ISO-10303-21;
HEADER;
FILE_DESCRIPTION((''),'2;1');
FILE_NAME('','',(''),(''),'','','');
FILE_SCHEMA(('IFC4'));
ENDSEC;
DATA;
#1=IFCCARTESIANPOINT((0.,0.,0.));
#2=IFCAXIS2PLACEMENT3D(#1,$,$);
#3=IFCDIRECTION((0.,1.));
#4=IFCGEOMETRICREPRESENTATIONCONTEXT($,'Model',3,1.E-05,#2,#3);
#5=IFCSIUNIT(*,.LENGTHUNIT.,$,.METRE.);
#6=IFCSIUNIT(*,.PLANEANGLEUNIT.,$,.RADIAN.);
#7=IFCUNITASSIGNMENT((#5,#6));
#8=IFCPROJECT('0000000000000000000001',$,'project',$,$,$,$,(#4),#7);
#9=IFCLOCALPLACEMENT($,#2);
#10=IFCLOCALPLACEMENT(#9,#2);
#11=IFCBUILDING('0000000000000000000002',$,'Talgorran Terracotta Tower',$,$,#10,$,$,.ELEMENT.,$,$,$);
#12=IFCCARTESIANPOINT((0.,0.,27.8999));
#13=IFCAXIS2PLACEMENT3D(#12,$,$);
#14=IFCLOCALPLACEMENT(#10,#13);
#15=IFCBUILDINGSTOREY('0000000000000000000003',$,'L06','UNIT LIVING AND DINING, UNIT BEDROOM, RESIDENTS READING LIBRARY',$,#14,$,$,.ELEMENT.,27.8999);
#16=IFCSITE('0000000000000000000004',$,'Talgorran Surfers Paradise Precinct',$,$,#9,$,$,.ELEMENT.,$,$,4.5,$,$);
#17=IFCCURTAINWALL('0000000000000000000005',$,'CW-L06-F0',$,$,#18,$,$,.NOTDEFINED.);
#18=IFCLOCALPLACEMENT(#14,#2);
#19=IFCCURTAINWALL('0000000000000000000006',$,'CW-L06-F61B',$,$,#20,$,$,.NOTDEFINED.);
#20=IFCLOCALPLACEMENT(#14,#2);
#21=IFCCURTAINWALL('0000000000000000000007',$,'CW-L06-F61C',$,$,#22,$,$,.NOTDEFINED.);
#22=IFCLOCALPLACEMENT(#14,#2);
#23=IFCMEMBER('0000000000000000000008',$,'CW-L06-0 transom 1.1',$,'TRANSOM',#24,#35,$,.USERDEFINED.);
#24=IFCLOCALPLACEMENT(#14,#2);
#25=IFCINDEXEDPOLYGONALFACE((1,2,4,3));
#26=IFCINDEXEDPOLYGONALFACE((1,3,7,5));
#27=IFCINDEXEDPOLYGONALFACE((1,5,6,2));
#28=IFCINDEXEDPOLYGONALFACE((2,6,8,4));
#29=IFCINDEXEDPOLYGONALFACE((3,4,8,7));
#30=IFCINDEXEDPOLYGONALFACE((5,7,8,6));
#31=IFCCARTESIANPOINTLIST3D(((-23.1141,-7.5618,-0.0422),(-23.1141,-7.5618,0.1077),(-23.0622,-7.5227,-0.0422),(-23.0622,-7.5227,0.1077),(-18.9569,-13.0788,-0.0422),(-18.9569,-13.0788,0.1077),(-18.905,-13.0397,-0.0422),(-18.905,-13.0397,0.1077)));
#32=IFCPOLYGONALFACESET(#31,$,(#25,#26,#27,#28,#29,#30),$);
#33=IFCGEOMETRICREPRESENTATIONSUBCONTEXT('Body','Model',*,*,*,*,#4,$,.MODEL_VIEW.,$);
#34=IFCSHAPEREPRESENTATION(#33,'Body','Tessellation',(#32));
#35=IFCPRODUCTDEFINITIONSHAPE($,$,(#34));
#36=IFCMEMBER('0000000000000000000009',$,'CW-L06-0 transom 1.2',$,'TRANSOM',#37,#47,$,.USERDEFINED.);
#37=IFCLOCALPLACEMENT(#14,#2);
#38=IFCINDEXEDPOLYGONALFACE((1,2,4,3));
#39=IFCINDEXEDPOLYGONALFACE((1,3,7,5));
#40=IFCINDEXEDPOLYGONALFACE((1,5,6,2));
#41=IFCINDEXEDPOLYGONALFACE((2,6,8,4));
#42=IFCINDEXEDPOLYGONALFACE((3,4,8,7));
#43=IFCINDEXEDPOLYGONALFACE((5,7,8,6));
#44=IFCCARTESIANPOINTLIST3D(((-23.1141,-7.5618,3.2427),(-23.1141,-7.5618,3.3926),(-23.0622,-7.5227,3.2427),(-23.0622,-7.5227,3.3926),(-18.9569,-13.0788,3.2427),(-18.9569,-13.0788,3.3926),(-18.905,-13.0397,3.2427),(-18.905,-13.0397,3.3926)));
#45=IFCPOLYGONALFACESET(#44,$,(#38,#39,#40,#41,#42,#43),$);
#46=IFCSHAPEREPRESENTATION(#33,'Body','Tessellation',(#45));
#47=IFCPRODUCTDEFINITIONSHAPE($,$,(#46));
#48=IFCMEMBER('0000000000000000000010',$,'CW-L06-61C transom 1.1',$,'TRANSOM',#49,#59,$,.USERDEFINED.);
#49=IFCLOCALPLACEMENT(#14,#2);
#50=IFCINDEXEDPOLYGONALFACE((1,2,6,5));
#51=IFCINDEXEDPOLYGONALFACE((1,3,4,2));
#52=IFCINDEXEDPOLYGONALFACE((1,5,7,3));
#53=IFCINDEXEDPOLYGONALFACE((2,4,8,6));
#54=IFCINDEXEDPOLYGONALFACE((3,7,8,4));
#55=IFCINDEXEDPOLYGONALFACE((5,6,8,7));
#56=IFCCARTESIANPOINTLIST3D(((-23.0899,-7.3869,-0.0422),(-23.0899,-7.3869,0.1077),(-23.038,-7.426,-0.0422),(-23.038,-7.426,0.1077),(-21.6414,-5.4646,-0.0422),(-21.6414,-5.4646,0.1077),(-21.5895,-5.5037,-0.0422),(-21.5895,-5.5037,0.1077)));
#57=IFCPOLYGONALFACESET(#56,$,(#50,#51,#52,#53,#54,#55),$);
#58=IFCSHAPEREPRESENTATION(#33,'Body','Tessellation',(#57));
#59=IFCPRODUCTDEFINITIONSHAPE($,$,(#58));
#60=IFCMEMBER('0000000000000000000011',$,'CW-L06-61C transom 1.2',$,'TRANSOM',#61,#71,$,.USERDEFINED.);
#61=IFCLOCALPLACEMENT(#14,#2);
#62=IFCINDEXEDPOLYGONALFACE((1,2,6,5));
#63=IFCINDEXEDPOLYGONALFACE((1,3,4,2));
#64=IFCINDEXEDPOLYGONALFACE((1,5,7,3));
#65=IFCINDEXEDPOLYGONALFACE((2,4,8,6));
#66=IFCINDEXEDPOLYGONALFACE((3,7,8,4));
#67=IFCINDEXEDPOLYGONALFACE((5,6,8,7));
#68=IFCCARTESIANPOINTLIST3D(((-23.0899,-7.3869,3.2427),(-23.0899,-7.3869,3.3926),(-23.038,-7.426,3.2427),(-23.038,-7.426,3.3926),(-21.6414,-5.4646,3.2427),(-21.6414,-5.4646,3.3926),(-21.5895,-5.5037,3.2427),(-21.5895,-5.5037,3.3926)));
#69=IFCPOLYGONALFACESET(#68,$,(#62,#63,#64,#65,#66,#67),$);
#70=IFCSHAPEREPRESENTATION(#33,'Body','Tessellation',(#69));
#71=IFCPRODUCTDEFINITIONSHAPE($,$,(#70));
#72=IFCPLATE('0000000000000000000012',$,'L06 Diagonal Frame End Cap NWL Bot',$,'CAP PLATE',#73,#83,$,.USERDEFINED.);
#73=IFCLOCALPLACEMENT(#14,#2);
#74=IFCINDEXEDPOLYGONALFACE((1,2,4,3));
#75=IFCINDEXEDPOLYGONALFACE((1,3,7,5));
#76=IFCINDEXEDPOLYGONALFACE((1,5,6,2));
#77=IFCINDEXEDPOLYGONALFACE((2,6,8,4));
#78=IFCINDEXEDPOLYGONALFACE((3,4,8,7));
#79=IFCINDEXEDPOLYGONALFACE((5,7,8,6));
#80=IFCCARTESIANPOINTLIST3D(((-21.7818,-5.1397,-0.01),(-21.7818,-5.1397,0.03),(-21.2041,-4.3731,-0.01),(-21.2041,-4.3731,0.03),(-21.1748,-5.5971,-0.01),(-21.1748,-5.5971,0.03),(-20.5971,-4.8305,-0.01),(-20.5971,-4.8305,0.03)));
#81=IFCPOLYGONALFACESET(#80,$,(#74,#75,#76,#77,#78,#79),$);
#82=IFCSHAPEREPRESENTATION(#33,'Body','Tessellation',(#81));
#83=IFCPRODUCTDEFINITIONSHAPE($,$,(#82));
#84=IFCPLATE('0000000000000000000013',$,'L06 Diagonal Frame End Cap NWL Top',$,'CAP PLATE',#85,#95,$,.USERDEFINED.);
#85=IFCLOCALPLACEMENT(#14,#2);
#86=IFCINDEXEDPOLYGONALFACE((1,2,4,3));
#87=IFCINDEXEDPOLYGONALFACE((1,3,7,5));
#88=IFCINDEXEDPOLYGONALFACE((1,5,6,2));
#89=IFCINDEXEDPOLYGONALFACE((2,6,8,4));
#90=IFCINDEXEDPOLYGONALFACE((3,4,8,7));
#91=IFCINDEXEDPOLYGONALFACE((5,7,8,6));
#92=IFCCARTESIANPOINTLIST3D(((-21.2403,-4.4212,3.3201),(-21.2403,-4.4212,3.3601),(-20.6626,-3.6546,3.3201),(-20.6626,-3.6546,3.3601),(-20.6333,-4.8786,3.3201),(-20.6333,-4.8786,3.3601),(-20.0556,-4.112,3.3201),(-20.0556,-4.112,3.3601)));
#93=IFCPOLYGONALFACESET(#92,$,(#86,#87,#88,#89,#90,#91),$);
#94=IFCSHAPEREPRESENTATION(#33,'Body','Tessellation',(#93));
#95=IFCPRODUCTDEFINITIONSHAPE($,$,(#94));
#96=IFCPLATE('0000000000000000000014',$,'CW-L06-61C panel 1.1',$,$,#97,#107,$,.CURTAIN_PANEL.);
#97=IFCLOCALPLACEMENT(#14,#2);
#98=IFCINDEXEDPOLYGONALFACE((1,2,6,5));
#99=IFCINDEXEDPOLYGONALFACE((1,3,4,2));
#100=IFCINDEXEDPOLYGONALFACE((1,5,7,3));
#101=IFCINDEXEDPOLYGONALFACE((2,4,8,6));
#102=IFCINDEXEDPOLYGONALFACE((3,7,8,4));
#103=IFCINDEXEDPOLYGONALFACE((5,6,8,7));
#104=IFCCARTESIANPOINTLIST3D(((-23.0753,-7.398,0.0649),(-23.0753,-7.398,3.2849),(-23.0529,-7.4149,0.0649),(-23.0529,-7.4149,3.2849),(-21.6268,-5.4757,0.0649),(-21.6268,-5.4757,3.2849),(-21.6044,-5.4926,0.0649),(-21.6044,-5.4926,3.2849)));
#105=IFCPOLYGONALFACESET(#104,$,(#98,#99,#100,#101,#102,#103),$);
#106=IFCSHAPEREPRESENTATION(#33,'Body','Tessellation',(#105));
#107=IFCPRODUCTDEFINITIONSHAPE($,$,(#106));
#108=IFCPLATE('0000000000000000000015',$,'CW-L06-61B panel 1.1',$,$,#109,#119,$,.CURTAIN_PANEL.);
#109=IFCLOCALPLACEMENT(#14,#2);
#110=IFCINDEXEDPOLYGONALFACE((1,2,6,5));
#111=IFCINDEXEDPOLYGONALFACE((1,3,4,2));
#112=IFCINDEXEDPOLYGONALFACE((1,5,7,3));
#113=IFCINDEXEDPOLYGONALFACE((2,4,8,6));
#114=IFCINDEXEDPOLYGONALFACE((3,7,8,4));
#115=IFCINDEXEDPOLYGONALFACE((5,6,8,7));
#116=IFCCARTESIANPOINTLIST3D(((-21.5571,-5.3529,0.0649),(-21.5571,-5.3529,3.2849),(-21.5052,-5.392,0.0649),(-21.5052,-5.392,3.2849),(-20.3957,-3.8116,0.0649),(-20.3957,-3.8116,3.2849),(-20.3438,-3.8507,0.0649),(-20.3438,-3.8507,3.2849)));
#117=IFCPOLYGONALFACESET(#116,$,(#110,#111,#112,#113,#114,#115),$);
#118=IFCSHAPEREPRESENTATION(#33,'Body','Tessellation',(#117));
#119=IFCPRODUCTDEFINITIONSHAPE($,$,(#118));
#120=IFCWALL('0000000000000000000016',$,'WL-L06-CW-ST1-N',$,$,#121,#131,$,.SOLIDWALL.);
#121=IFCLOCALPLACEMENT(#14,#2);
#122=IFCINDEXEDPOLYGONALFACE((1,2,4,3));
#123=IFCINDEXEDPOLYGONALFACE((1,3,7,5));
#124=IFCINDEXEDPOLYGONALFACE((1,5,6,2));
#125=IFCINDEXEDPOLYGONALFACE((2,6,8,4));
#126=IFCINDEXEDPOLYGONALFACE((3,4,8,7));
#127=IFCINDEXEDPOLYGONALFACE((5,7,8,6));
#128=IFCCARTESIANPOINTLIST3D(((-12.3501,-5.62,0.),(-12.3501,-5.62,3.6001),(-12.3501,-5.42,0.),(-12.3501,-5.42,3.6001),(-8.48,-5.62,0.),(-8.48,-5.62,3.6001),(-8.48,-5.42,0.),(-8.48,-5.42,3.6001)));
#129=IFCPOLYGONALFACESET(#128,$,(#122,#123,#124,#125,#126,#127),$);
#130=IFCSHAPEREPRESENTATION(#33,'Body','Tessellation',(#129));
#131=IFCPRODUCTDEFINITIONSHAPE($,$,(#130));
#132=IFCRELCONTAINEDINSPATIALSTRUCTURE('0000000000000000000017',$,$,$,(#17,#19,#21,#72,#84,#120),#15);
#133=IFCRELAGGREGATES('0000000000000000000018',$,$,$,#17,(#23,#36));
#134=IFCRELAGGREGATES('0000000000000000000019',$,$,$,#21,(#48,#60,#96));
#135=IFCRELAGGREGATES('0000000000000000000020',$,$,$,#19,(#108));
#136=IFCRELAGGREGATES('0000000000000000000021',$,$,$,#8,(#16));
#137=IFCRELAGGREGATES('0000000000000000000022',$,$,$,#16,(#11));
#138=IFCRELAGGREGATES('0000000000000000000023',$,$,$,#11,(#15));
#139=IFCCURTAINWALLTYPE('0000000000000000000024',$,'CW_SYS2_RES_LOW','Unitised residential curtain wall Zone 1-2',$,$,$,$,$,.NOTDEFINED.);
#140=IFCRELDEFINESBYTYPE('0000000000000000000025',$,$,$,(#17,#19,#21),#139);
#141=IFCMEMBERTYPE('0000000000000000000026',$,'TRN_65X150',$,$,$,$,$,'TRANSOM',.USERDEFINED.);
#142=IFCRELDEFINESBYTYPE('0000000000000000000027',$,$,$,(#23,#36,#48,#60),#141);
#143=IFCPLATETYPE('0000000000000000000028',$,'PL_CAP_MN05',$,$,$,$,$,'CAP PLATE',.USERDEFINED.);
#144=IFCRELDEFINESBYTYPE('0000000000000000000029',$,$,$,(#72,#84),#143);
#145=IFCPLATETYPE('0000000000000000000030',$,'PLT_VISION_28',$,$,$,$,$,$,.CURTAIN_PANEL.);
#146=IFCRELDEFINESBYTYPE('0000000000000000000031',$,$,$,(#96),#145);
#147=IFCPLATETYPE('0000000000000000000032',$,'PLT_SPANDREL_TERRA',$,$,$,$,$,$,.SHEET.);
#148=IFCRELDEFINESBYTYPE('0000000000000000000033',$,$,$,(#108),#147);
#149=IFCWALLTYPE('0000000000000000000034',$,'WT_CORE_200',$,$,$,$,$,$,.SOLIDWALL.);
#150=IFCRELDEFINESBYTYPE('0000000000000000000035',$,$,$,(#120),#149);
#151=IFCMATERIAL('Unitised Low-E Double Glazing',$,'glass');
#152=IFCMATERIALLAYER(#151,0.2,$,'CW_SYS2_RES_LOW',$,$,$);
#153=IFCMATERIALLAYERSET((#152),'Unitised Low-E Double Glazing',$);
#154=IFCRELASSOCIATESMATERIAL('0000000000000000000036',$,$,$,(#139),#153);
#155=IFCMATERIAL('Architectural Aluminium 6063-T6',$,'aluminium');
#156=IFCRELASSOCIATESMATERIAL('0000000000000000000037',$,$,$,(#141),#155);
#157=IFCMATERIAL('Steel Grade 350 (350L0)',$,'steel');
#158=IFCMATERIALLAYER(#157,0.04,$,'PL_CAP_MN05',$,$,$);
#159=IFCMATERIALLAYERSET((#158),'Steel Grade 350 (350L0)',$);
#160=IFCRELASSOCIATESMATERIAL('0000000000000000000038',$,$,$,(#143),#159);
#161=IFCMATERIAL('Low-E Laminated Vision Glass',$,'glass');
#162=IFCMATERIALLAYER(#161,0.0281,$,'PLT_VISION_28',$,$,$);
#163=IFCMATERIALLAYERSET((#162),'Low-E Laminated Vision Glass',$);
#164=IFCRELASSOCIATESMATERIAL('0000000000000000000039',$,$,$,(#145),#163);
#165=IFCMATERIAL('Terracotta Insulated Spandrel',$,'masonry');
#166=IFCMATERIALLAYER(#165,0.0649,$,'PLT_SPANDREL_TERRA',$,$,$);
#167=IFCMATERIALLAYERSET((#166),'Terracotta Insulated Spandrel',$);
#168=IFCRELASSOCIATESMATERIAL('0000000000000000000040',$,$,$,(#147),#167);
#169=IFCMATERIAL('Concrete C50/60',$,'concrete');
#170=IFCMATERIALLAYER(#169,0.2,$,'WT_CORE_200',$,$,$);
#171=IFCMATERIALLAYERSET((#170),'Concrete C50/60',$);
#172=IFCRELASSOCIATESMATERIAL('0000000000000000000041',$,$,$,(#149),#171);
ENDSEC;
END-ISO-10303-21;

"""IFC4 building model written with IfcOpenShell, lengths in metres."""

from ifc_helpers import new_model, si_unit, direction, frame, frame_2d, origin, origin_2d, place, context, subcontext, project, spatial, rectangle, extrude, source, transform, mapped, material, layer, layer_set, material_profile, profile_set, type_object, type_shapes, element, aggregate, save


model = new_model("IFC4")

# Units and contexts
model_context = context("Model", 3, precision=1e-05, world=origin(), true_north=direction((0.0, 1.0)))
body_context = subcontext(model_context, "Body", "Model", "MODEL_VIEW")
ifc_project = project(units=[si_unit("LENGTHUNIT", "METRE"), si_unit("PLANEANGLEUNIT", "RADIAN")], contexts=[model_context])

# Site, building, storey
site_placement = place(None, origin())
site = spatial("IfcSite", under=ifc_project, at=site_placement, Name="Talgorran Surfers Paradise Precinct", CompositionType="ELEMENT", RefElevation=4.5)
building_placement = place(site_placement, origin())
building = spatial("IfcBuilding", under=site, at=building_placement, Name="Talgorran Terracotta Tower", CompositionType="ELEMENT")
storey_placement = place(building_placement, frame((0.0, 0.0, 27.8999)))
storey = spatial("IfcBuildingStorey", under=building, at=storey_placement, Name="L06", Description="UNIT LIVING AND DINING, UNIT BEDROOM, RESIDENTS READING LIBRARY", CompositionType="ELEMENT", Elevation=27.8999)

# Shared definitions
ifc_material_1 = material(Name="Steel Grade 350 (350L0)", Category="steel")

# Curtain walls
ifc_material_2 = material(Name="Unitised Low-E Double Glazing", Category="glass")
ifc_layer_1 = layer(ifc_material_2, 0.2, Name="CW_SYS2_RES_LOW")
ifc_layer_set_1 = layer_set([ifc_layer_1], Name="Unitised Low-E Double Glazing")
curtain_wall_type = type_object("IfcCurtainWallType", Name="CW_SYS2_RES_LOW", Description="Unitised residential curtain wall Zone 1-2", PredefinedType="NOTDEFINED", material=ifc_layer_set_1)
curtain_wall_1_placement = place(storey_placement, origin())
curtain_wall_1 = element("IfcCurtainWall", 1, at=curtain_wall_1_placement, inside=storey, type_object=curtain_wall_type, Name="CW-L06-F0", PredefinedType="NOTDEFINED")
ifc_material_3 = material(Name="Architectural Aluminium 6063-T6", Category="aluminium")
curtain_wall_2_placement = place(storey_placement, origin())
curtain_wall_2 = element("IfcCurtainWall", 2, at=curtain_wall_2_placement, inside=storey, type_object=curtain_wall_type, Name="CW-L06-F61B", PredefinedType="NOTDEFINED")

# Curtain wall
curtain_wall_3_placement = place(storey_placement, origin())
curtain_wall_3 = element("IfcCurtainWall", 3, at=curtain_wall_3_placement, inside=storey, type_object=curtain_wall_type, Name="CW-L06-F61C", PredefinedType="NOTDEFINED")

# Members
ifc_material_profile_1 = material_profile(ifc_material_3, rectangle(XDim=0.0649, YDim=0.1499, at=origin_2d()), Name="CWT65X150")
ifc_profile_set_1 = profile_set([ifc_material_profile_1], Name="Architectural Aluminium 6063-T6")
member_type_1 = type_object("IfcMemberType", Name="TRN_65X150", ElementType="TRANSOM", PredefinedType="USERDEFINED", material=ifc_profile_set_1)
member_1_placement = place(storey_placement, frame((-23.0881, -7.5422, 0.0327), z_axis=(0.601797, -0.798649, 0.0), x_axis=(0.798649, 0.601797, 0.0)))
member_1 = element("IfcMember", 4, at=member_1_placement, type_object=member_type_1, Name="CW-L06-0 transom 1.1", ObjectType="TRANSOM", PredefinedType="USERDEFINED", context=body_context, shape_type="SweptSolid", body=[
    extrude(rectangle(XDim=0.0649, YDim=0.1499, at=origin_2d()), origin(), (0.0, 0.0, 1.0), 6.908),
])
member_2_placement = place(storey_placement, frame((-23.0881, -7.5422, 3.3176), z_axis=(0.601797, -0.798649, 0.0), x_axis=(0.798649, 0.601797, 0.0)))
member_2 = element("IfcMember", 5, at=member_2_placement, type_object=member_type_1, Name="CW-L06-0 transom 1.2", ObjectType="TRANSOM", PredefinedType="USERDEFINED", context=body_context, shape_type="SweptSolid", body=[
    extrude(rectangle(XDim=0.0649, YDim=0.1499, at=origin_2d()), origin(), (0.0, 0.0, 1.0), 6.908),
])
aggregate(curtain_wall_1, [member_1, member_2])
member_3_placement = place(storey_placement, frame((-21.6155, -5.4841, 0.0327), z_axis=(-0.601784, -0.798659, 0.0), x_axis=(0.798659, -0.601784, 0.0)))
member_3 = element("IfcMember", 6, at=member_3_placement, type_object=member_type_1, Name="CW-L06-61C transom 1.1", ObjectType="TRANSOM", PredefinedType="USERDEFINED", context=body_context, shape_type="SweptSolid", body=[
    extrude(rectangle(XDim=0.0649, YDim=0.1499, at=origin_2d()), origin(), (0.0, 0.0, 1.0), 2.407),
])
member_4_placement = place(storey_placement, frame((-21.6155, -5.4841, 3.3176), z_axis=(-0.601784, -0.798659, 0.0), x_axis=(0.798659, -0.601784, 0.0)))
member_4 = element("IfcMember", 7, at=member_4_placement, type_object=member_type_1, Name="CW-L06-61C transom 1.2", ObjectType="TRANSOM", PredefinedType="USERDEFINED", context=body_context, shape_type="SweptSolid", body=[
    extrude(rectangle(XDim=0.0649, YDim=0.1499, at=origin_2d()), origin(), (0.0, 0.0, 1.0), 2.407),
])

# Plates
ifc_layer_2 = layer(ifc_material_1, 0.04, Name="PL_CAP_MN05")
ifc_layer_set_2 = layer_set([ifc_layer_2], Name="Steel Grade 350 (350L0)")
plate_type_1 = type_object("IfcPlateType", Name="PL_CAP_MN05", ElementType="CAP PLATE", PredefinedType="USERDEFINED", material=ifc_layer_set_2)
for number, where, z_axis, x_axis, name in (
    (8, (-21.1895, -4.9851, -0.01), (0.0, 0.0, 1.0), (0.601815, 0.798636, 0.0), "L06 Diagonal Frame End Cap NWL Bot"),
    (9, (-20.6479, -4.2666, 3.3201), (0.0, 0.0, 1.0), (0.601815, 0.798636, 0.0), "L06 Diagonal Frame End Cap NWL Top"),
):
    element("IfcPlate", number, at=place(storey_placement, frame(where, z_axis=z_axis, x_axis=x_axis)), inside=storey, type_object=plate_type_1, Name=name, ObjectType="CAP PLATE", PredefinedType="USERDEFINED", context=body_context, shape_type="SweptSolid", body=[
        extrude(rectangle(XDim=0.96, YDim=0.76, at=origin_2d()), origin(), (0.0, 0.0, 1.0), 0.04),
    ])

# Plates
ifc_material_4 = material(Name="Low-E Laminated Vision Glass", Category="glass")
ifc_layer_3 = layer(ifc_material_4, 0.0281, Name="PLT_VISION_28")
ifc_layer_set_3 = layer_set([ifc_layer_3], Name="Low-E Laminated Vision Glass")
plate_type_2 = type_object("IfcPlateType", Name="PLT_VISION_28", PredefinedType="CURTAIN_PANEL", material=ifc_layer_set_3)
shared_shape_1 = source(origin(), body_context, "Body", "SweptSolid", [
    extrude(rectangle(XDim=2.407, YDim=0.0281, at=origin_2d()), origin(), (0.0, 0.0, 1.0), 3.22),
])
type_shapes(plate_type_2, [shared_shape_1])
plate_1_placement = place(storey_placement, frame((-22.3398, -6.4453, 0.0649), z_axis=(0.0, 0.0, 1.0), x_axis=(-0.601802, -0.798645, 0.0)))
plate_1 = element("IfcPlate", 10, at=plate_1_placement, type_object=plate_type_2, Name="CW-L06-61C panel 1.1", PredefinedType="CURTAIN_PANEL", context=body_context, shape_type="MappedRepresentation", body=[
    mapped(shared_shape_1, transform((0.0, 0.0, 0.0), scale=1.0)),
])
aggregate(curtain_wall_3, [member_3, member_4, plate_1])
ifc_material_5 = material(Name="Terracotta Insulated Spandrel", Category="masonry")
ifc_layer_4 = layer(ifc_material_5, 0.0649, Name="PLT_SPANDREL_TERRA")
ifc_layer_set_4 = layer_set([ifc_layer_4], Name="Terracotta Insulated Spandrel")
plate_type_3 = type_object("IfcPlateType", Name="PLT_SPANDREL_TERRA", PredefinedType="SHEET", material=ifc_layer_set_4)
shared_shape_2 = source(origin(), body_context, "Body", "SweptSolid", [
    extrude(rectangle(XDim=1.9299, YDim=0.0649, at=origin_2d()), origin(), (0.0, 0.0, 1.0), 3.22),
])
type_shapes(plate_type_3, [shared_shape_2])
plate_2_placement = place(storey_placement, frame((-20.9504, -4.6018, 0.0649), z_axis=(0.0, 0.0, 1.0), x_axis=(-0.601793, -0.798652, 0.0)))
plate_2 = element("IfcPlate", 11, at=plate_2_placement, type_object=plate_type_3, Name="CW-L06-61B panel 1.1", PredefinedType="CURTAIN_PANEL", context=body_context, shape_type="MappedRepresentation", body=[
    mapped(shared_shape_2, transform((0.0, 0.0, 0.0), scale=1.0)),
])
aggregate(curtain_wall_2, [plate_2])

# Wall
ifc_material_6 = material(Name="Concrete C50/60", Category="concrete")
ifc_layer_5 = layer(ifc_material_6, 0.2, Name="WT_CORE_200")
ifc_layer_set_5 = layer_set([ifc_layer_5], Name="Concrete C50/60")
wall_type_1 = type_object("IfcWallType", Name="WT_CORE_200", PredefinedType="SOLIDWALL", material=ifc_layer_set_5)
wall_1_placement = place(storey_placement, frame((-12.3501, -5.52, 0.0), z_axis=(0.0, 0.0, 1.0), x_axis=(1.0, 0.0, 0.0)))
element("IfcWall", 12, at=wall_1_placement, inside=storey, type_object=wall_type_1, Name="WL-L06-CW-ST1-N", PredefinedType="SOLIDWALL", context=body_context, shape_type="SweptSolid", body=[
    extrude(rectangle(XDim=3.8701, YDim=0.2, at=frame_2d((1.9351, 0.0))), origin(), (0.0, 0.0, 1.0), 3.6001),
])

save(model, "model.ifc")
